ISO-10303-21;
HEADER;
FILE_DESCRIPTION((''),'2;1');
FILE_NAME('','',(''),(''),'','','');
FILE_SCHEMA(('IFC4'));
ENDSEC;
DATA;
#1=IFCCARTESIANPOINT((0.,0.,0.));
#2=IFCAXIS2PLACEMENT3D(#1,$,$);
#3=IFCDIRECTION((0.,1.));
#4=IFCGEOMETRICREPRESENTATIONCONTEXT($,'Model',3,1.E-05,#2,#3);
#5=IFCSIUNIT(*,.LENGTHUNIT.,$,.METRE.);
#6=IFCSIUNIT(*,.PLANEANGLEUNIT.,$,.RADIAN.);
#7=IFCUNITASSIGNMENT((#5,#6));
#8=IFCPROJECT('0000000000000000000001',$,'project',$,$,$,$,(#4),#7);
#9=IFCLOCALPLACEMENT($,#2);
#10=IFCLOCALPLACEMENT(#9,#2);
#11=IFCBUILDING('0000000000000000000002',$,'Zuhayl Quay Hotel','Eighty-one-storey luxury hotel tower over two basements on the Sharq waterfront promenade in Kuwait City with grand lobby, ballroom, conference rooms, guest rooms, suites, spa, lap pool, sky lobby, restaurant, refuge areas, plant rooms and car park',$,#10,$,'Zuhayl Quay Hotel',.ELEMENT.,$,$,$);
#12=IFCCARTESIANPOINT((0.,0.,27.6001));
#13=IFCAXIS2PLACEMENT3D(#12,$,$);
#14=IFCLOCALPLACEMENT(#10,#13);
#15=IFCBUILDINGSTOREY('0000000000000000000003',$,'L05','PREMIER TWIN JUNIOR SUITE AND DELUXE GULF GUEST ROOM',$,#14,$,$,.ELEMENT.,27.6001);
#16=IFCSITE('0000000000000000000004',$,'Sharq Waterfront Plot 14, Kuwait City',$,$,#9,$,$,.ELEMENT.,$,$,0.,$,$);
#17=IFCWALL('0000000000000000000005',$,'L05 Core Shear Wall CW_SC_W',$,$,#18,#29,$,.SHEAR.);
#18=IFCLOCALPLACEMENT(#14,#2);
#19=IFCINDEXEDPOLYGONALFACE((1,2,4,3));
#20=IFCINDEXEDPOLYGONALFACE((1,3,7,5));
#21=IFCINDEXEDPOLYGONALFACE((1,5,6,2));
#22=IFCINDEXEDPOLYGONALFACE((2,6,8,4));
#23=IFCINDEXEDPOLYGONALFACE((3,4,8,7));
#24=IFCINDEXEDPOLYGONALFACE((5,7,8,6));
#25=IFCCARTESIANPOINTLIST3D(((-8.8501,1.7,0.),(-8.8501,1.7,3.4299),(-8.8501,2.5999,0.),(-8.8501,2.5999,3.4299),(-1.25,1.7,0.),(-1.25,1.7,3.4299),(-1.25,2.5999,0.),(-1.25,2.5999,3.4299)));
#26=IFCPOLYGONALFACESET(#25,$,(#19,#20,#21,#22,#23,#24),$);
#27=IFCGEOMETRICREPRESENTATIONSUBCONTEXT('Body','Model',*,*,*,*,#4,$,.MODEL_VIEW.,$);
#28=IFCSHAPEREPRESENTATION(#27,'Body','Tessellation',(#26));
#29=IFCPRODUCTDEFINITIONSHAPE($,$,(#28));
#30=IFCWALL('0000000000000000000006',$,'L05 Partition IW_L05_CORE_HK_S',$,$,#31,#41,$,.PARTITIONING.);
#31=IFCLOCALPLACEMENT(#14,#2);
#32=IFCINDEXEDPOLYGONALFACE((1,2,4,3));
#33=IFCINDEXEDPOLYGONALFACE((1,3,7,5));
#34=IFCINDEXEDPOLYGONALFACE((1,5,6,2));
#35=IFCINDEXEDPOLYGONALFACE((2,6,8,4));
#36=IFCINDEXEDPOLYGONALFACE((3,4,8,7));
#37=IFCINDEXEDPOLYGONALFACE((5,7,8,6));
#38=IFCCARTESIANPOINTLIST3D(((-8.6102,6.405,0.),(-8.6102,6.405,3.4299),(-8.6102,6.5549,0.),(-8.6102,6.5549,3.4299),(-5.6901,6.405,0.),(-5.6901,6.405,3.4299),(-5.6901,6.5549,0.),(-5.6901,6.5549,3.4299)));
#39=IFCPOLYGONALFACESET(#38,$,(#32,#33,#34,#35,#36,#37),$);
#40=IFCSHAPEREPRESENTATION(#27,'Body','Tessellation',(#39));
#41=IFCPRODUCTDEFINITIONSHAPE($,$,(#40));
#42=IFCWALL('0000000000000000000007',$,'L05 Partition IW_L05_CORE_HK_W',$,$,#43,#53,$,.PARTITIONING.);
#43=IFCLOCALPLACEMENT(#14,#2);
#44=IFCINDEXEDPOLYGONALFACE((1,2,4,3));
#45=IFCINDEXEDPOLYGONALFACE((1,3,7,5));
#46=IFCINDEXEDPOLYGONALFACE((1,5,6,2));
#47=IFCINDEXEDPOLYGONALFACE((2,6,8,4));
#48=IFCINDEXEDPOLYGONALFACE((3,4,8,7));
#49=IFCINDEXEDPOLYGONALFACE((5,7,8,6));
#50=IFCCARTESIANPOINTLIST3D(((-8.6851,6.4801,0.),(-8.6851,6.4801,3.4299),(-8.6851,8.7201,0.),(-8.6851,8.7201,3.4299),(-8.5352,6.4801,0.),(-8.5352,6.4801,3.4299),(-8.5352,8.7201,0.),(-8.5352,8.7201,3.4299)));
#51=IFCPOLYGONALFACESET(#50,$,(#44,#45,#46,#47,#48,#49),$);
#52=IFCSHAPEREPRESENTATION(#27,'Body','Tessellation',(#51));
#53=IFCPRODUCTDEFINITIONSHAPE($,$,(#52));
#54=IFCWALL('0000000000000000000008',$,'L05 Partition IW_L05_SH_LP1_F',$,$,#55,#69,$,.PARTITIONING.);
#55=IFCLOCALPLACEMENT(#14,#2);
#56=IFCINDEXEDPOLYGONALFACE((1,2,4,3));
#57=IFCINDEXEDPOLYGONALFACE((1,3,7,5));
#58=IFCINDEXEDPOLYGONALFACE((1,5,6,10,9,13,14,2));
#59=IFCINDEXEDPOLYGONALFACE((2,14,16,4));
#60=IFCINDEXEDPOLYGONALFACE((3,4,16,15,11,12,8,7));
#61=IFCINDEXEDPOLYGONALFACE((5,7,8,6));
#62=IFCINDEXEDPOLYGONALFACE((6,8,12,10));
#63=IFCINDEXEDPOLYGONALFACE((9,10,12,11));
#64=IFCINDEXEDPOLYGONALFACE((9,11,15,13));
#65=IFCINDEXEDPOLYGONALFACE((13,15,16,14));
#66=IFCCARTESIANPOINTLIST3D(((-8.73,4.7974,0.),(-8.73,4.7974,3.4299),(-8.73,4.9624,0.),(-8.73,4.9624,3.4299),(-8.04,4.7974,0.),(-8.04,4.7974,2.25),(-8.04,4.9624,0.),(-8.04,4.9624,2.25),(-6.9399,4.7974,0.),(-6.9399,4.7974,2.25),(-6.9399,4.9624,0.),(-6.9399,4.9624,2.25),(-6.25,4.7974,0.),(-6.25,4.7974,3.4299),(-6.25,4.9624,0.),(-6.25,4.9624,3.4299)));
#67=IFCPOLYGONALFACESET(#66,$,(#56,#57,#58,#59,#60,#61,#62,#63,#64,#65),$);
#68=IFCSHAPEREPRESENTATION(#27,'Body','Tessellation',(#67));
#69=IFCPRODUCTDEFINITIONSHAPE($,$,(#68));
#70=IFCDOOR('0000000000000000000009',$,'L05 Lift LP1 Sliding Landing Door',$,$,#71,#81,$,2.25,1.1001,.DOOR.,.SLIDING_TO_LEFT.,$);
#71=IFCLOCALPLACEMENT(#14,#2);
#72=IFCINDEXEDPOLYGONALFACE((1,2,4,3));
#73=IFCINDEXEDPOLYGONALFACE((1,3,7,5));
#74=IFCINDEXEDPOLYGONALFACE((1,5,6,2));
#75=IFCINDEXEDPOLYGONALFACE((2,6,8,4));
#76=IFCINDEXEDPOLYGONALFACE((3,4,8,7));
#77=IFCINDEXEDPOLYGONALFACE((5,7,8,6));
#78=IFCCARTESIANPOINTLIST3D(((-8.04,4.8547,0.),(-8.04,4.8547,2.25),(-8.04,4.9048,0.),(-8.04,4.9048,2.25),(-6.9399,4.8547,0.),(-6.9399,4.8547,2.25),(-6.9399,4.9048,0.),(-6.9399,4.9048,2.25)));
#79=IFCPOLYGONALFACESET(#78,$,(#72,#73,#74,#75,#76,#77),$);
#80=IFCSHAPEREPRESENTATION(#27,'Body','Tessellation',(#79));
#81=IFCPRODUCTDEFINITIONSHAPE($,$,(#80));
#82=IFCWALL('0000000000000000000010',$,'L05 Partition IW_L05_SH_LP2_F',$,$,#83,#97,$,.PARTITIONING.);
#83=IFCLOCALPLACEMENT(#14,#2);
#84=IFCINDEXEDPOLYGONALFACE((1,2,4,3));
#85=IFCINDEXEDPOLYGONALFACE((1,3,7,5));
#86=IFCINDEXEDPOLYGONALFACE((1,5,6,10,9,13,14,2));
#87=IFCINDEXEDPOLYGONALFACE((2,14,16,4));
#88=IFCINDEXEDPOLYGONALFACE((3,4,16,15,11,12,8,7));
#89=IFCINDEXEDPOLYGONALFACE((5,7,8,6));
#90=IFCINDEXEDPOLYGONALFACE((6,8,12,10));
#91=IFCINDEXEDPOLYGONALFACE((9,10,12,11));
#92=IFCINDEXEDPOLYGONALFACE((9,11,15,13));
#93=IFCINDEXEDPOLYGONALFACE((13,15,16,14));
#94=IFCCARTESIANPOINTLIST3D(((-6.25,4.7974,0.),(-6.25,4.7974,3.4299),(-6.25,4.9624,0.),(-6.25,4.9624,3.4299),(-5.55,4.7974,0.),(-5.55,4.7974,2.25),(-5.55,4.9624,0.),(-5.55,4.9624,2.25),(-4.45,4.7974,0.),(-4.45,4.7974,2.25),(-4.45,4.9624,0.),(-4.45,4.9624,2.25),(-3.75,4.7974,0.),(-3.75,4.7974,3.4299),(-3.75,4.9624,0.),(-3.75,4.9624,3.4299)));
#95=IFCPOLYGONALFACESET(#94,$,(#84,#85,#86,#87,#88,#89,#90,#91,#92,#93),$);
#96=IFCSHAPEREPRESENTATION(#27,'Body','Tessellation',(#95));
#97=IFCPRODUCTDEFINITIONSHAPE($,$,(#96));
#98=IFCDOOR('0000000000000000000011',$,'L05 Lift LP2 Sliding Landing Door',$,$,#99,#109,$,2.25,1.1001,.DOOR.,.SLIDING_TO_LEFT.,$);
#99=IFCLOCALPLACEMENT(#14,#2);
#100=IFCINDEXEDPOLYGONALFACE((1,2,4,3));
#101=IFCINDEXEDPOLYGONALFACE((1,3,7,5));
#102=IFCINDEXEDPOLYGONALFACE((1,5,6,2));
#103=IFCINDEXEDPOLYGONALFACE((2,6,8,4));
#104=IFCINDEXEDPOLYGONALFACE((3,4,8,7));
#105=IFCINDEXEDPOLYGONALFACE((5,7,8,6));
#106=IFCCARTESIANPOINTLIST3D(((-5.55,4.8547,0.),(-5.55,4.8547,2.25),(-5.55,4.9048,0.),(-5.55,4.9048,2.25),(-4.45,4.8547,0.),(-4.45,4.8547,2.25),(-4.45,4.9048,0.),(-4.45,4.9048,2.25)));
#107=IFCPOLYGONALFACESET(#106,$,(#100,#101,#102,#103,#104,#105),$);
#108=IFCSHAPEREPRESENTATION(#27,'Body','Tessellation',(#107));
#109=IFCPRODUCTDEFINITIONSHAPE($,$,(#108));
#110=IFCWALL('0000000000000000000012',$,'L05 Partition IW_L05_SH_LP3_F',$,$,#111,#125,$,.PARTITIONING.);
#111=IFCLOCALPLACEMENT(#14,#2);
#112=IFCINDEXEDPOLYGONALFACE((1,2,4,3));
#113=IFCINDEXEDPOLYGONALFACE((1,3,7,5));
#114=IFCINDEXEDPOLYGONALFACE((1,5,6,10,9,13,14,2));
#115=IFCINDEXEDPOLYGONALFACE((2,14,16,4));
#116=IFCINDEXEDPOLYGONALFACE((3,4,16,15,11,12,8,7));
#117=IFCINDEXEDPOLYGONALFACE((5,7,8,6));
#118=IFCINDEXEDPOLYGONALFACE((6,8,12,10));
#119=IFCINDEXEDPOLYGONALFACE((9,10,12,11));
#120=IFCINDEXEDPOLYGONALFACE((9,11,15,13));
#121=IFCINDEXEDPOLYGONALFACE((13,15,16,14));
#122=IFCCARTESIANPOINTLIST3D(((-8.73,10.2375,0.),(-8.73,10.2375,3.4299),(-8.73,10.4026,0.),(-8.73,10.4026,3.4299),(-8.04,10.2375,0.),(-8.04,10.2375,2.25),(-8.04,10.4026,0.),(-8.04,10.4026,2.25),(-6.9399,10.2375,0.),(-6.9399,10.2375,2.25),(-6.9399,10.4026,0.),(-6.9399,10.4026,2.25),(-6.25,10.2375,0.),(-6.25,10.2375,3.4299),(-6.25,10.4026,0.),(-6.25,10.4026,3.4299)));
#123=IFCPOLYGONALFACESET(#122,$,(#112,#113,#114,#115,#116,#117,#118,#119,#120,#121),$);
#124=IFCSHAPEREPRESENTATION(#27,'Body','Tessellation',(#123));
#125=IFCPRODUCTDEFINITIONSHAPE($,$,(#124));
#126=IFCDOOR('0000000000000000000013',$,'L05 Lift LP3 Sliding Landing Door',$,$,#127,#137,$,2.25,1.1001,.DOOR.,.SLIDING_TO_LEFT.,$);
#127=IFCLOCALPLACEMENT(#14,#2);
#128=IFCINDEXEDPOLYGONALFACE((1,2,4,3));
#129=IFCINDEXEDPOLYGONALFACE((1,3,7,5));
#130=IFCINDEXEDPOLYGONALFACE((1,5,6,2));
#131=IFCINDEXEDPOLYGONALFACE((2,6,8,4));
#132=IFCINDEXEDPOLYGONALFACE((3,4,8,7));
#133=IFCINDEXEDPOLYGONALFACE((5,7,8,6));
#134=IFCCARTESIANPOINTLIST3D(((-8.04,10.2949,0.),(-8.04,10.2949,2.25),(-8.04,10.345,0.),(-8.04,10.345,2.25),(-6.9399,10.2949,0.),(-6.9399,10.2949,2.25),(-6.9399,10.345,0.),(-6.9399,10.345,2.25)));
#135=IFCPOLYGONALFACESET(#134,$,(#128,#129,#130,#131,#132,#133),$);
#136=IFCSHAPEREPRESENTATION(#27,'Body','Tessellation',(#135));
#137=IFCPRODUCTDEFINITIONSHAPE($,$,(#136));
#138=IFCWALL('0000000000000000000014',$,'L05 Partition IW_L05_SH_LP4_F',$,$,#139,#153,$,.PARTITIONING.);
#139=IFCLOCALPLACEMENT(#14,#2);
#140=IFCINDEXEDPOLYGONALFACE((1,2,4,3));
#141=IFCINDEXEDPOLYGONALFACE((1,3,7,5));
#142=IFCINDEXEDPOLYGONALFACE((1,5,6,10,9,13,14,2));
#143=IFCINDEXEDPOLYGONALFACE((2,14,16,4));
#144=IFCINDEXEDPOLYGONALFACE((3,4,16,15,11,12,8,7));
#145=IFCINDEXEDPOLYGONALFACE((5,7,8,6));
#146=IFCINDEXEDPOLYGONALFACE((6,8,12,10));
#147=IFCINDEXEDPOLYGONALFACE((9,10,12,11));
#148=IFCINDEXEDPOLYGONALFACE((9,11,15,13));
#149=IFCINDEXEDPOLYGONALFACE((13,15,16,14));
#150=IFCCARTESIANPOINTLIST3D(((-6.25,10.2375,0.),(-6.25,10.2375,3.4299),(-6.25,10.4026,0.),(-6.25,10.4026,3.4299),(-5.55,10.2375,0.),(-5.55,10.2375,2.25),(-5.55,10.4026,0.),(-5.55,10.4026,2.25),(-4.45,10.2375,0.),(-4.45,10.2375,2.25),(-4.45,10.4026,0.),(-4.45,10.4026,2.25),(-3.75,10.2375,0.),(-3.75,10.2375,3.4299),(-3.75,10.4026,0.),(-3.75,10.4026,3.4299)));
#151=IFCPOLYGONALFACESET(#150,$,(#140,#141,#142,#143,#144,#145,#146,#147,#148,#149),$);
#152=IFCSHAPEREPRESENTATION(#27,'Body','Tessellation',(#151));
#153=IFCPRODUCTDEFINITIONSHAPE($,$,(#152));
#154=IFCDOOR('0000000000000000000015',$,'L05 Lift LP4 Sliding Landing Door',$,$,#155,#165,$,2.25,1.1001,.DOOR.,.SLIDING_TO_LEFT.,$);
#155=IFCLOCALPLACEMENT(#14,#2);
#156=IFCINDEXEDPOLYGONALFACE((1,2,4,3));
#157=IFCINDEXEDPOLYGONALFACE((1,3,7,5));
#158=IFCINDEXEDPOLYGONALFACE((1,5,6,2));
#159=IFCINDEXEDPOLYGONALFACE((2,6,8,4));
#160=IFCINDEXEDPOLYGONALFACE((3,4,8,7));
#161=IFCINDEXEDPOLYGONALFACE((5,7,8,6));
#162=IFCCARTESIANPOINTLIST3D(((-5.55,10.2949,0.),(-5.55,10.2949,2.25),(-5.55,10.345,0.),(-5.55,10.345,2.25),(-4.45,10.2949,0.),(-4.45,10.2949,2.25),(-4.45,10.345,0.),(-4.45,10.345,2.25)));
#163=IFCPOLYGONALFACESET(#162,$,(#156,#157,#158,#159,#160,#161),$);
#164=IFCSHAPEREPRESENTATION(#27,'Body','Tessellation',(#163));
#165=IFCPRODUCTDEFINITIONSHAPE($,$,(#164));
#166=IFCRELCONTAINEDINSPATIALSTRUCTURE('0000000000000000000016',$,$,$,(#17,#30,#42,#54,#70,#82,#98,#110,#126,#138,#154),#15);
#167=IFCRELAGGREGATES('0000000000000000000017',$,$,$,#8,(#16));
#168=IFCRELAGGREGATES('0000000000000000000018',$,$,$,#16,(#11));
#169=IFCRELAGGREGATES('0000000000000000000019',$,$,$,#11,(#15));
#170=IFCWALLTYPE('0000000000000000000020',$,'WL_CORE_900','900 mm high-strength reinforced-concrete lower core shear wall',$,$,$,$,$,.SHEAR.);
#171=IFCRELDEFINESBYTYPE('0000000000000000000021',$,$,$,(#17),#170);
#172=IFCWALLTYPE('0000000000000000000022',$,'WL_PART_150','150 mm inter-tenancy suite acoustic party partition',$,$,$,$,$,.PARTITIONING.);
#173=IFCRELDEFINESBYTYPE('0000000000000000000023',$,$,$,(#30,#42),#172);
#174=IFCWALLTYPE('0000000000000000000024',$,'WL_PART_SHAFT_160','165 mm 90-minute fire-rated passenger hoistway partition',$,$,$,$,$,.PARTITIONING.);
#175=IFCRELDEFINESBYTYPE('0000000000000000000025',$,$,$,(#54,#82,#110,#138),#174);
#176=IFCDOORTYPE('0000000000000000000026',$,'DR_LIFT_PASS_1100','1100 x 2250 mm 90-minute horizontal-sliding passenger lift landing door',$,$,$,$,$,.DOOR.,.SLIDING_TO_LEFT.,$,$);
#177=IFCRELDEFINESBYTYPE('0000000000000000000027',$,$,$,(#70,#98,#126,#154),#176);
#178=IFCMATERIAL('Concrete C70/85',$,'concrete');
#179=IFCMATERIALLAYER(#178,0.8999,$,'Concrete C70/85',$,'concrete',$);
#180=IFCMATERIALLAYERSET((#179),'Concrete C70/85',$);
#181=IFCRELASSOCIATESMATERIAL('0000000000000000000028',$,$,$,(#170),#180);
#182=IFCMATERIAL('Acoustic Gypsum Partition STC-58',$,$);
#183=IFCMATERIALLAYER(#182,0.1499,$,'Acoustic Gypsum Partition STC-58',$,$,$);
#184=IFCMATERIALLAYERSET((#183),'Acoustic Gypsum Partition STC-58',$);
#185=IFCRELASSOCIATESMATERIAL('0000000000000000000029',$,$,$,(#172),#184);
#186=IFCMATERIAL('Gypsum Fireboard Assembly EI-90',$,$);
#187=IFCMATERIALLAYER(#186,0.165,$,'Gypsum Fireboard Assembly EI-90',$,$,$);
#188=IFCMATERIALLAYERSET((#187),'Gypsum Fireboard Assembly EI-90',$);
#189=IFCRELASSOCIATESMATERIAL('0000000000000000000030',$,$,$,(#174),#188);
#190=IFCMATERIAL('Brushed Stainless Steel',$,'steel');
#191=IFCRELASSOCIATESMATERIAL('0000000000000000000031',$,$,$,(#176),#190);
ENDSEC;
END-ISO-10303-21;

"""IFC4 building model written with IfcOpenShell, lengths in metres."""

from ifc_helpers import new_model, si_unit, direction, frame, frame_2d, origin, place, context, subcontext, project, spatial, rectangle, extrude, material, layer, layer_set, type_object, element, fill, save


model = new_model("IFC4")

# Units and contexts
model_context = context("Model", 3, precision=1e-05, world=origin(), true_north=direction((0.0, 1.0)))
body_context = subcontext(model_context, "Body", "Model", "MODEL_VIEW")
ifc_project = project(units=[si_unit("LENGTHUNIT", "METRE"), si_unit("PLANEANGLEUNIT", "RADIAN")], contexts=[model_context])

# Site, building, storey
site_placement = place(None, origin())
site = spatial("IfcSite", under=ifc_project, at=site_placement, Name="Sharq Waterfront Plot 14, Kuwait City", CompositionType="ELEMENT", RefElevation=0.0)
building_placement = place(site_placement, origin())
building = spatial("IfcBuilding", under=site, at=building_placement, Name="Zuhayl Quay Hotel", Description="Eighty-one-storey luxury hotel tower over two basements on the Sharq waterfront promenade in Kuwait City with grand lobby, ballroom, conference rooms, guest rooms, suites, spa, lap pool, sky lobby, restaurant, refuge areas, plant rooms and car park", LongName="Zuhayl Quay Hotel", CompositionType="ELEMENT")
storey_placement = place(building_placement, frame((0.0, 0.0, 27.6001)))
storey = spatial("IfcBuildingStorey", under=building, at=storey_placement, Name="L05", Description="PREMIER TWIN JUNIOR SUITE AND DELUXE GULF GUEST ROOM", CompositionType="ELEMENT", Elevation=27.6001)

# Wall
ifc_material_1 = material(Name="Concrete C70/85", Category="concrete")
ifc_layer_1 = layer(ifc_material_1, 0.8999, Name="Concrete C70/85", Category="concrete")
ifc_layer_set_1 = layer_set([ifc_layer_1], Name="Concrete C70/85")
wall_type_1 = type_object("IfcWallType", Name="WL_CORE_900", Description="900 mm high-strength reinforced-concrete lower core shear wall", PredefinedType="SHEAR", material=ifc_layer_set_1)
wall_1_placement = place(storey_placement, frame((-8.8501, 2.1499, 0.0), z_axis=(0.0, 0.0, 1.0), x_axis=(1.0, 0.0, 0.0)))
element("IfcWall", 1, at=wall_1_placement, inside=storey, type_object=wall_type_1, Name="L05 Core Shear Wall CW_SC_W", PredefinedType="SHEAR", context=body_context, shape_type="SweptSolid", body=[
    extrude(rectangle(XDim=7.6001, YDim=0.8999, at=frame_2d((3.8, 0.0))), origin(), (0.0, 0.0, 1.0), 3.4299),
])

# Shared definitions
ifc_material_2 = material(Name="Acoustic Gypsum Partition STC-58")
ifc_layer_2 = layer(ifc_material_2, 0.1499, Name="Acoustic Gypsum Partition STC-58")
ifc_layer_set_2 = layer_set([ifc_layer_2], Name="Acoustic Gypsum Partition STC-58")
wall_type_2 = type_object("IfcWallType", Name="WL_PART_150", Description="150 mm inter-tenancy suite acoustic party partition", PredefinedType="PARTITIONING", material=ifc_layer_set_2)

# Walls
wall_2_placement = place(storey_placement, frame((-8.6101, 6.48, 0.0), z_axis=(0.0, 0.0, 1.0), x_axis=(1.0, 0.0, 0.0)))
element("IfcWall", 2, at=wall_2_placement, inside=storey, type_object=wall_type_2, Name="L05 Partition IW_L05_CORE_HK_S", PredefinedType="PARTITIONING", context=body_context, shape_type="SweptSolid", body=[
    extrude(rectangle(XDim=2.9202, YDim=0.1499, at=frame_2d((1.46, 0.0))), origin(), (0.0, 0.0, 1.0), 3.4299),
])
wall_3_placement = place(storey_placement, frame((-8.6101, 6.48, 0.0), z_axis=(0.0, 0.0, 1.0), x_axis=(0.0, 1.0, 0.0)))
element("IfcWall", 3, at=wall_3_placement, inside=storey, type_object=wall_type_2, Name="L05 Partition IW_L05_CORE_HK_W", PredefinedType="PARTITIONING", context=body_context, shape_type="SweptSolid", body=[
    extrude(rectangle(XDim=2.24, YDim=0.1499, at=frame_2d((1.1201, 0.0))), origin(), (0.0, 0.0, 1.0), 3.4299),
])

# Walls, openings, doors
ifc_material_3 = material(Name="Gypsum Fireboard Assembly EI-90")
ifc_layer_3 = layer(ifc_material_3, 0.165, Name="Gypsum Fireboard Assembly EI-90")
ifc_layer_set_3 = layer_set([ifc_layer_3], Name="Gypsum Fireboard Assembly EI-90")
wall_type_3 = type_object("IfcWallType", Name="WL_PART_SHAFT_160", Description="165 mm 90-minute fire-rated passenger hoistway partition", PredefinedType="PARTITIONING", material=ifc_layer_set_3)
wall_4_placement = place(storey_placement, frame((-8.73, 4.8799, 0.0), z_axis=(0.0, 0.0, 1.0), x_axis=(1.0, 0.0, 0.0)))
wall_4 = element("IfcWall", 4, at=wall_4_placement, inside=storey, type_object=wall_type_3, Name="L05 Partition IW_L05_SH_LP1_F", PredefinedType="PARTITIONING", context=body_context, shape_type="SweptSolid", body=[
    extrude(rectangle(XDim=2.48, YDim=0.165, at=frame_2d((1.24, 0.0))), origin(), (0.0, 0.0, 1.0), 3.4299),
])
opening_1_placement = place(wall_4_placement, frame((0.6899, 0.0, 0.0)))
opening_1 = element("IfcOpeningElement", 5, at=opening_1_placement, cuts=wall_4, PredefinedType="OPENING", context=body_context, shape_type="SweptSolid", body=[
    extrude(rectangle(XDim=1.1001, YDim=2.25, at=frame_2d((0.55, 1.125))), frame((0.0, 0.0925, 0.0), z_axis=(0.0, -1.0, 0.0), x_axis=(1.0, 0.0, 0.0)), (0.0, 0.0, 1.0), 0.1851),
])
ifc_material_4 = material(Name="Brushed Stainless Steel", Category="steel")
door_type_1 = type_object("IfcDoorType", Name="DR_LIFT_PASS_1100", Description="1100 x 2250 mm 90-minute horizontal-sliding passenger lift landing door", OperationType="SLIDING_TO_LEFT", PredefinedType="DOOR", material=ifc_material_4)
door_1_placement = place(opening_1_placement, origin())
door_1 = element("IfcDoor", 6, at=door_1_placement, inside=storey, type_object=door_type_1, Name="L05 Lift LP1 Sliding Landing Door", OperationType="SLIDING_TO_LEFT", OverallHeight=2.25, OverallWidth=1.1001, PredefinedType="DOOR", context=body_context, shape_type="SweptSolid", body=[
    extrude(rectangle(XDim=1.1001, YDim=2.25, at=frame_2d((0.55, 1.125))), frame((0.0, 0.0249, 0.0), z_axis=(0.0, -1.0, 0.0), x_axis=(1.0, 0.0, 0.0)), (0.0, 0.0, 1.0), 0.05),
])
fill(opening_1, door_1)
wall_5_placement = place(storey_placement, frame((-6.25, 4.8799, 0.0), z_axis=(0.0, 0.0, 1.0), x_axis=(1.0, 0.0, 0.0)))
wall_5 = element("IfcWall", 7, at=wall_5_placement, inside=storey, type_object=wall_type_3, Name="L05 Partition IW_L05_SH_LP2_F", PredefinedType="PARTITIONING", context=body_context, shape_type="SweptSolid", body=[
    extrude(rectangle(XDim=2.5, YDim=0.165, at=frame_2d((1.25, 0.0))), origin(), (0.0, 0.0, 1.0), 3.4299),
])
opening_2_placement = place(wall_5_placement, frame((0.7, 0.0, 0.0)))
opening_2 = element("IfcOpeningElement", 8, at=opening_2_placement, cuts=wall_5, PredefinedType="OPENING", context=body_context, shape_type="SweptSolid", body=[
    extrude(rectangle(XDim=1.1001, YDim=2.25, at=frame_2d((0.55, 1.125))), frame((0.0, 0.0925, 0.0), z_axis=(0.0, -1.0, 0.0), x_axis=(1.0, 0.0, 0.0)), (0.0, 0.0, 1.0), 0.1851),
])
door_2_placement = place(opening_2_placement, origin())
door_2 = element("IfcDoor", 9, at=door_2_placement, inside=storey, type_object=door_type_1, Name="L05 Lift LP2 Sliding Landing Door", OperationType="SLIDING_TO_LEFT", OverallHeight=2.25, OverallWidth=1.1001, PredefinedType="DOOR", context=body_context, shape_type="SweptSolid", body=[
    extrude(rectangle(XDim=1.1001, YDim=2.25, at=frame_2d((0.55, 1.125))), frame((0.0, 0.0249, 0.0), z_axis=(0.0, -1.0, 0.0), x_axis=(1.0, 0.0, 0.0)), (0.0, 0.0, 1.0), 0.05),
])
fill(opening_2, door_2)
wall_6_placement = place(storey_placement, frame((-8.73, 10.3201, 0.0), z_axis=(0.0, 0.0, 1.0), x_axis=(1.0, 0.0, 0.0)))
wall_6 = element("IfcWall", 10, at=wall_6_placement, inside=storey, type_object=wall_type_3, Name="L05 Partition IW_L05_SH_LP3_F", PredefinedType="PARTITIONING", context=body_context, shape_type="SweptSolid", body=[
    extrude(rectangle(XDim=2.48, YDim=0.165, at=frame_2d((1.24, 0.0))), origin(), (0.0, 0.0, 1.0), 3.4299),
])
opening_3_placement = place(wall_6_placement, frame((0.6899, 0.0, 0.0)))
opening_3 = element("IfcOpeningElement", 11, at=opening_3_placement, cuts=wall_6, PredefinedType="OPENING", context=body_context, shape_type="SweptSolid", body=[
    extrude(rectangle(XDim=1.1001, YDim=2.25, at=frame_2d((0.55, 1.125))), frame((0.0, 0.0925, 0.0), z_axis=(0.0, -1.0, 0.0), x_axis=(1.0, 0.0, 0.0)), (0.0, 0.0, 1.0), 0.1851),
])
door_3_placement = place(opening_3_placement, origin())
door_3 = element("IfcDoor", 12, at=door_3_placement, inside=storey, type_object=door_type_1, Name="L05 Lift LP3 Sliding Landing Door", OperationType="SLIDING_TO_LEFT", OverallHeight=2.25, OverallWidth=1.1001, PredefinedType="DOOR", context=body_context, shape_type="SweptSolid", body=[
    extrude(rectangle(XDim=1.1001, YDim=2.25, at=frame_2d((0.55, 1.125))), frame((0.0, 0.0249, 0.0), z_axis=(0.0, -1.0, 0.0), x_axis=(1.0, 0.0, 0.0)), (0.0, 0.0, 1.0), 0.05),
])
fill(opening_3, door_3)
wall_7_placement = place(storey_placement, frame((-6.25, 10.3201, 0.0), z_axis=(0.0, 0.0, 1.0), x_axis=(1.0, 0.0, 0.0)))
wall_7 = element("IfcWall", 13, at=wall_7_placement, inside=storey, type_object=wall_type_3, Name="L05 Partition IW_L05_SH_LP4_F", PredefinedType="PARTITIONING", context=body_context, shape_type="SweptSolid", body=[
    extrude(rectangle(XDim=2.5, YDim=0.165, at=frame_2d((1.25, 0.0))), origin(), (0.0, 0.0, 1.0), 3.4299),
])
opening_4_placement = place(wall_7_placement, frame((0.7, 0.0, 0.0)))
opening_4 = element("IfcOpeningElement", 14, at=opening_4_placement, cuts=wall_7, PredefinedType="OPENING", context=body_context, shape_type="SweptSolid", body=[
    extrude(rectangle(XDim=1.1001, YDim=2.25, at=frame_2d((0.55, 1.125))), frame((0.0, 0.0925, 0.0), z_axis=(0.0, -1.0, 0.0), x_axis=(1.0, 0.0, 0.0)), (0.0, 0.0, 1.0), 0.1851),
])
door_4_placement = place(opening_4_placement, origin())
door_4 = element("IfcDoor", 15, at=door_4_placement, inside=storey, type_object=door_type_1, Name="L05 Lift LP4 Sliding Landing Door", OperationType="SLIDING_TO_LEFT", OverallHeight=2.25, OverallWidth=1.1001, PredefinedType="DOOR", context=body_context, shape_type="SweptSolid", body=[
    extrude(rectangle(XDim=1.1001, YDim=2.25, at=frame_2d((0.55, 1.125))), frame((0.0, 0.0249, 0.0), z_axis=(0.0, -1.0, 0.0), x_axis=(1.0, 0.0, 0.0)), (0.0, 0.0, 1.0), 0.05),
])
fill(opening_4, door_4)

save(model, "model.ifc")
